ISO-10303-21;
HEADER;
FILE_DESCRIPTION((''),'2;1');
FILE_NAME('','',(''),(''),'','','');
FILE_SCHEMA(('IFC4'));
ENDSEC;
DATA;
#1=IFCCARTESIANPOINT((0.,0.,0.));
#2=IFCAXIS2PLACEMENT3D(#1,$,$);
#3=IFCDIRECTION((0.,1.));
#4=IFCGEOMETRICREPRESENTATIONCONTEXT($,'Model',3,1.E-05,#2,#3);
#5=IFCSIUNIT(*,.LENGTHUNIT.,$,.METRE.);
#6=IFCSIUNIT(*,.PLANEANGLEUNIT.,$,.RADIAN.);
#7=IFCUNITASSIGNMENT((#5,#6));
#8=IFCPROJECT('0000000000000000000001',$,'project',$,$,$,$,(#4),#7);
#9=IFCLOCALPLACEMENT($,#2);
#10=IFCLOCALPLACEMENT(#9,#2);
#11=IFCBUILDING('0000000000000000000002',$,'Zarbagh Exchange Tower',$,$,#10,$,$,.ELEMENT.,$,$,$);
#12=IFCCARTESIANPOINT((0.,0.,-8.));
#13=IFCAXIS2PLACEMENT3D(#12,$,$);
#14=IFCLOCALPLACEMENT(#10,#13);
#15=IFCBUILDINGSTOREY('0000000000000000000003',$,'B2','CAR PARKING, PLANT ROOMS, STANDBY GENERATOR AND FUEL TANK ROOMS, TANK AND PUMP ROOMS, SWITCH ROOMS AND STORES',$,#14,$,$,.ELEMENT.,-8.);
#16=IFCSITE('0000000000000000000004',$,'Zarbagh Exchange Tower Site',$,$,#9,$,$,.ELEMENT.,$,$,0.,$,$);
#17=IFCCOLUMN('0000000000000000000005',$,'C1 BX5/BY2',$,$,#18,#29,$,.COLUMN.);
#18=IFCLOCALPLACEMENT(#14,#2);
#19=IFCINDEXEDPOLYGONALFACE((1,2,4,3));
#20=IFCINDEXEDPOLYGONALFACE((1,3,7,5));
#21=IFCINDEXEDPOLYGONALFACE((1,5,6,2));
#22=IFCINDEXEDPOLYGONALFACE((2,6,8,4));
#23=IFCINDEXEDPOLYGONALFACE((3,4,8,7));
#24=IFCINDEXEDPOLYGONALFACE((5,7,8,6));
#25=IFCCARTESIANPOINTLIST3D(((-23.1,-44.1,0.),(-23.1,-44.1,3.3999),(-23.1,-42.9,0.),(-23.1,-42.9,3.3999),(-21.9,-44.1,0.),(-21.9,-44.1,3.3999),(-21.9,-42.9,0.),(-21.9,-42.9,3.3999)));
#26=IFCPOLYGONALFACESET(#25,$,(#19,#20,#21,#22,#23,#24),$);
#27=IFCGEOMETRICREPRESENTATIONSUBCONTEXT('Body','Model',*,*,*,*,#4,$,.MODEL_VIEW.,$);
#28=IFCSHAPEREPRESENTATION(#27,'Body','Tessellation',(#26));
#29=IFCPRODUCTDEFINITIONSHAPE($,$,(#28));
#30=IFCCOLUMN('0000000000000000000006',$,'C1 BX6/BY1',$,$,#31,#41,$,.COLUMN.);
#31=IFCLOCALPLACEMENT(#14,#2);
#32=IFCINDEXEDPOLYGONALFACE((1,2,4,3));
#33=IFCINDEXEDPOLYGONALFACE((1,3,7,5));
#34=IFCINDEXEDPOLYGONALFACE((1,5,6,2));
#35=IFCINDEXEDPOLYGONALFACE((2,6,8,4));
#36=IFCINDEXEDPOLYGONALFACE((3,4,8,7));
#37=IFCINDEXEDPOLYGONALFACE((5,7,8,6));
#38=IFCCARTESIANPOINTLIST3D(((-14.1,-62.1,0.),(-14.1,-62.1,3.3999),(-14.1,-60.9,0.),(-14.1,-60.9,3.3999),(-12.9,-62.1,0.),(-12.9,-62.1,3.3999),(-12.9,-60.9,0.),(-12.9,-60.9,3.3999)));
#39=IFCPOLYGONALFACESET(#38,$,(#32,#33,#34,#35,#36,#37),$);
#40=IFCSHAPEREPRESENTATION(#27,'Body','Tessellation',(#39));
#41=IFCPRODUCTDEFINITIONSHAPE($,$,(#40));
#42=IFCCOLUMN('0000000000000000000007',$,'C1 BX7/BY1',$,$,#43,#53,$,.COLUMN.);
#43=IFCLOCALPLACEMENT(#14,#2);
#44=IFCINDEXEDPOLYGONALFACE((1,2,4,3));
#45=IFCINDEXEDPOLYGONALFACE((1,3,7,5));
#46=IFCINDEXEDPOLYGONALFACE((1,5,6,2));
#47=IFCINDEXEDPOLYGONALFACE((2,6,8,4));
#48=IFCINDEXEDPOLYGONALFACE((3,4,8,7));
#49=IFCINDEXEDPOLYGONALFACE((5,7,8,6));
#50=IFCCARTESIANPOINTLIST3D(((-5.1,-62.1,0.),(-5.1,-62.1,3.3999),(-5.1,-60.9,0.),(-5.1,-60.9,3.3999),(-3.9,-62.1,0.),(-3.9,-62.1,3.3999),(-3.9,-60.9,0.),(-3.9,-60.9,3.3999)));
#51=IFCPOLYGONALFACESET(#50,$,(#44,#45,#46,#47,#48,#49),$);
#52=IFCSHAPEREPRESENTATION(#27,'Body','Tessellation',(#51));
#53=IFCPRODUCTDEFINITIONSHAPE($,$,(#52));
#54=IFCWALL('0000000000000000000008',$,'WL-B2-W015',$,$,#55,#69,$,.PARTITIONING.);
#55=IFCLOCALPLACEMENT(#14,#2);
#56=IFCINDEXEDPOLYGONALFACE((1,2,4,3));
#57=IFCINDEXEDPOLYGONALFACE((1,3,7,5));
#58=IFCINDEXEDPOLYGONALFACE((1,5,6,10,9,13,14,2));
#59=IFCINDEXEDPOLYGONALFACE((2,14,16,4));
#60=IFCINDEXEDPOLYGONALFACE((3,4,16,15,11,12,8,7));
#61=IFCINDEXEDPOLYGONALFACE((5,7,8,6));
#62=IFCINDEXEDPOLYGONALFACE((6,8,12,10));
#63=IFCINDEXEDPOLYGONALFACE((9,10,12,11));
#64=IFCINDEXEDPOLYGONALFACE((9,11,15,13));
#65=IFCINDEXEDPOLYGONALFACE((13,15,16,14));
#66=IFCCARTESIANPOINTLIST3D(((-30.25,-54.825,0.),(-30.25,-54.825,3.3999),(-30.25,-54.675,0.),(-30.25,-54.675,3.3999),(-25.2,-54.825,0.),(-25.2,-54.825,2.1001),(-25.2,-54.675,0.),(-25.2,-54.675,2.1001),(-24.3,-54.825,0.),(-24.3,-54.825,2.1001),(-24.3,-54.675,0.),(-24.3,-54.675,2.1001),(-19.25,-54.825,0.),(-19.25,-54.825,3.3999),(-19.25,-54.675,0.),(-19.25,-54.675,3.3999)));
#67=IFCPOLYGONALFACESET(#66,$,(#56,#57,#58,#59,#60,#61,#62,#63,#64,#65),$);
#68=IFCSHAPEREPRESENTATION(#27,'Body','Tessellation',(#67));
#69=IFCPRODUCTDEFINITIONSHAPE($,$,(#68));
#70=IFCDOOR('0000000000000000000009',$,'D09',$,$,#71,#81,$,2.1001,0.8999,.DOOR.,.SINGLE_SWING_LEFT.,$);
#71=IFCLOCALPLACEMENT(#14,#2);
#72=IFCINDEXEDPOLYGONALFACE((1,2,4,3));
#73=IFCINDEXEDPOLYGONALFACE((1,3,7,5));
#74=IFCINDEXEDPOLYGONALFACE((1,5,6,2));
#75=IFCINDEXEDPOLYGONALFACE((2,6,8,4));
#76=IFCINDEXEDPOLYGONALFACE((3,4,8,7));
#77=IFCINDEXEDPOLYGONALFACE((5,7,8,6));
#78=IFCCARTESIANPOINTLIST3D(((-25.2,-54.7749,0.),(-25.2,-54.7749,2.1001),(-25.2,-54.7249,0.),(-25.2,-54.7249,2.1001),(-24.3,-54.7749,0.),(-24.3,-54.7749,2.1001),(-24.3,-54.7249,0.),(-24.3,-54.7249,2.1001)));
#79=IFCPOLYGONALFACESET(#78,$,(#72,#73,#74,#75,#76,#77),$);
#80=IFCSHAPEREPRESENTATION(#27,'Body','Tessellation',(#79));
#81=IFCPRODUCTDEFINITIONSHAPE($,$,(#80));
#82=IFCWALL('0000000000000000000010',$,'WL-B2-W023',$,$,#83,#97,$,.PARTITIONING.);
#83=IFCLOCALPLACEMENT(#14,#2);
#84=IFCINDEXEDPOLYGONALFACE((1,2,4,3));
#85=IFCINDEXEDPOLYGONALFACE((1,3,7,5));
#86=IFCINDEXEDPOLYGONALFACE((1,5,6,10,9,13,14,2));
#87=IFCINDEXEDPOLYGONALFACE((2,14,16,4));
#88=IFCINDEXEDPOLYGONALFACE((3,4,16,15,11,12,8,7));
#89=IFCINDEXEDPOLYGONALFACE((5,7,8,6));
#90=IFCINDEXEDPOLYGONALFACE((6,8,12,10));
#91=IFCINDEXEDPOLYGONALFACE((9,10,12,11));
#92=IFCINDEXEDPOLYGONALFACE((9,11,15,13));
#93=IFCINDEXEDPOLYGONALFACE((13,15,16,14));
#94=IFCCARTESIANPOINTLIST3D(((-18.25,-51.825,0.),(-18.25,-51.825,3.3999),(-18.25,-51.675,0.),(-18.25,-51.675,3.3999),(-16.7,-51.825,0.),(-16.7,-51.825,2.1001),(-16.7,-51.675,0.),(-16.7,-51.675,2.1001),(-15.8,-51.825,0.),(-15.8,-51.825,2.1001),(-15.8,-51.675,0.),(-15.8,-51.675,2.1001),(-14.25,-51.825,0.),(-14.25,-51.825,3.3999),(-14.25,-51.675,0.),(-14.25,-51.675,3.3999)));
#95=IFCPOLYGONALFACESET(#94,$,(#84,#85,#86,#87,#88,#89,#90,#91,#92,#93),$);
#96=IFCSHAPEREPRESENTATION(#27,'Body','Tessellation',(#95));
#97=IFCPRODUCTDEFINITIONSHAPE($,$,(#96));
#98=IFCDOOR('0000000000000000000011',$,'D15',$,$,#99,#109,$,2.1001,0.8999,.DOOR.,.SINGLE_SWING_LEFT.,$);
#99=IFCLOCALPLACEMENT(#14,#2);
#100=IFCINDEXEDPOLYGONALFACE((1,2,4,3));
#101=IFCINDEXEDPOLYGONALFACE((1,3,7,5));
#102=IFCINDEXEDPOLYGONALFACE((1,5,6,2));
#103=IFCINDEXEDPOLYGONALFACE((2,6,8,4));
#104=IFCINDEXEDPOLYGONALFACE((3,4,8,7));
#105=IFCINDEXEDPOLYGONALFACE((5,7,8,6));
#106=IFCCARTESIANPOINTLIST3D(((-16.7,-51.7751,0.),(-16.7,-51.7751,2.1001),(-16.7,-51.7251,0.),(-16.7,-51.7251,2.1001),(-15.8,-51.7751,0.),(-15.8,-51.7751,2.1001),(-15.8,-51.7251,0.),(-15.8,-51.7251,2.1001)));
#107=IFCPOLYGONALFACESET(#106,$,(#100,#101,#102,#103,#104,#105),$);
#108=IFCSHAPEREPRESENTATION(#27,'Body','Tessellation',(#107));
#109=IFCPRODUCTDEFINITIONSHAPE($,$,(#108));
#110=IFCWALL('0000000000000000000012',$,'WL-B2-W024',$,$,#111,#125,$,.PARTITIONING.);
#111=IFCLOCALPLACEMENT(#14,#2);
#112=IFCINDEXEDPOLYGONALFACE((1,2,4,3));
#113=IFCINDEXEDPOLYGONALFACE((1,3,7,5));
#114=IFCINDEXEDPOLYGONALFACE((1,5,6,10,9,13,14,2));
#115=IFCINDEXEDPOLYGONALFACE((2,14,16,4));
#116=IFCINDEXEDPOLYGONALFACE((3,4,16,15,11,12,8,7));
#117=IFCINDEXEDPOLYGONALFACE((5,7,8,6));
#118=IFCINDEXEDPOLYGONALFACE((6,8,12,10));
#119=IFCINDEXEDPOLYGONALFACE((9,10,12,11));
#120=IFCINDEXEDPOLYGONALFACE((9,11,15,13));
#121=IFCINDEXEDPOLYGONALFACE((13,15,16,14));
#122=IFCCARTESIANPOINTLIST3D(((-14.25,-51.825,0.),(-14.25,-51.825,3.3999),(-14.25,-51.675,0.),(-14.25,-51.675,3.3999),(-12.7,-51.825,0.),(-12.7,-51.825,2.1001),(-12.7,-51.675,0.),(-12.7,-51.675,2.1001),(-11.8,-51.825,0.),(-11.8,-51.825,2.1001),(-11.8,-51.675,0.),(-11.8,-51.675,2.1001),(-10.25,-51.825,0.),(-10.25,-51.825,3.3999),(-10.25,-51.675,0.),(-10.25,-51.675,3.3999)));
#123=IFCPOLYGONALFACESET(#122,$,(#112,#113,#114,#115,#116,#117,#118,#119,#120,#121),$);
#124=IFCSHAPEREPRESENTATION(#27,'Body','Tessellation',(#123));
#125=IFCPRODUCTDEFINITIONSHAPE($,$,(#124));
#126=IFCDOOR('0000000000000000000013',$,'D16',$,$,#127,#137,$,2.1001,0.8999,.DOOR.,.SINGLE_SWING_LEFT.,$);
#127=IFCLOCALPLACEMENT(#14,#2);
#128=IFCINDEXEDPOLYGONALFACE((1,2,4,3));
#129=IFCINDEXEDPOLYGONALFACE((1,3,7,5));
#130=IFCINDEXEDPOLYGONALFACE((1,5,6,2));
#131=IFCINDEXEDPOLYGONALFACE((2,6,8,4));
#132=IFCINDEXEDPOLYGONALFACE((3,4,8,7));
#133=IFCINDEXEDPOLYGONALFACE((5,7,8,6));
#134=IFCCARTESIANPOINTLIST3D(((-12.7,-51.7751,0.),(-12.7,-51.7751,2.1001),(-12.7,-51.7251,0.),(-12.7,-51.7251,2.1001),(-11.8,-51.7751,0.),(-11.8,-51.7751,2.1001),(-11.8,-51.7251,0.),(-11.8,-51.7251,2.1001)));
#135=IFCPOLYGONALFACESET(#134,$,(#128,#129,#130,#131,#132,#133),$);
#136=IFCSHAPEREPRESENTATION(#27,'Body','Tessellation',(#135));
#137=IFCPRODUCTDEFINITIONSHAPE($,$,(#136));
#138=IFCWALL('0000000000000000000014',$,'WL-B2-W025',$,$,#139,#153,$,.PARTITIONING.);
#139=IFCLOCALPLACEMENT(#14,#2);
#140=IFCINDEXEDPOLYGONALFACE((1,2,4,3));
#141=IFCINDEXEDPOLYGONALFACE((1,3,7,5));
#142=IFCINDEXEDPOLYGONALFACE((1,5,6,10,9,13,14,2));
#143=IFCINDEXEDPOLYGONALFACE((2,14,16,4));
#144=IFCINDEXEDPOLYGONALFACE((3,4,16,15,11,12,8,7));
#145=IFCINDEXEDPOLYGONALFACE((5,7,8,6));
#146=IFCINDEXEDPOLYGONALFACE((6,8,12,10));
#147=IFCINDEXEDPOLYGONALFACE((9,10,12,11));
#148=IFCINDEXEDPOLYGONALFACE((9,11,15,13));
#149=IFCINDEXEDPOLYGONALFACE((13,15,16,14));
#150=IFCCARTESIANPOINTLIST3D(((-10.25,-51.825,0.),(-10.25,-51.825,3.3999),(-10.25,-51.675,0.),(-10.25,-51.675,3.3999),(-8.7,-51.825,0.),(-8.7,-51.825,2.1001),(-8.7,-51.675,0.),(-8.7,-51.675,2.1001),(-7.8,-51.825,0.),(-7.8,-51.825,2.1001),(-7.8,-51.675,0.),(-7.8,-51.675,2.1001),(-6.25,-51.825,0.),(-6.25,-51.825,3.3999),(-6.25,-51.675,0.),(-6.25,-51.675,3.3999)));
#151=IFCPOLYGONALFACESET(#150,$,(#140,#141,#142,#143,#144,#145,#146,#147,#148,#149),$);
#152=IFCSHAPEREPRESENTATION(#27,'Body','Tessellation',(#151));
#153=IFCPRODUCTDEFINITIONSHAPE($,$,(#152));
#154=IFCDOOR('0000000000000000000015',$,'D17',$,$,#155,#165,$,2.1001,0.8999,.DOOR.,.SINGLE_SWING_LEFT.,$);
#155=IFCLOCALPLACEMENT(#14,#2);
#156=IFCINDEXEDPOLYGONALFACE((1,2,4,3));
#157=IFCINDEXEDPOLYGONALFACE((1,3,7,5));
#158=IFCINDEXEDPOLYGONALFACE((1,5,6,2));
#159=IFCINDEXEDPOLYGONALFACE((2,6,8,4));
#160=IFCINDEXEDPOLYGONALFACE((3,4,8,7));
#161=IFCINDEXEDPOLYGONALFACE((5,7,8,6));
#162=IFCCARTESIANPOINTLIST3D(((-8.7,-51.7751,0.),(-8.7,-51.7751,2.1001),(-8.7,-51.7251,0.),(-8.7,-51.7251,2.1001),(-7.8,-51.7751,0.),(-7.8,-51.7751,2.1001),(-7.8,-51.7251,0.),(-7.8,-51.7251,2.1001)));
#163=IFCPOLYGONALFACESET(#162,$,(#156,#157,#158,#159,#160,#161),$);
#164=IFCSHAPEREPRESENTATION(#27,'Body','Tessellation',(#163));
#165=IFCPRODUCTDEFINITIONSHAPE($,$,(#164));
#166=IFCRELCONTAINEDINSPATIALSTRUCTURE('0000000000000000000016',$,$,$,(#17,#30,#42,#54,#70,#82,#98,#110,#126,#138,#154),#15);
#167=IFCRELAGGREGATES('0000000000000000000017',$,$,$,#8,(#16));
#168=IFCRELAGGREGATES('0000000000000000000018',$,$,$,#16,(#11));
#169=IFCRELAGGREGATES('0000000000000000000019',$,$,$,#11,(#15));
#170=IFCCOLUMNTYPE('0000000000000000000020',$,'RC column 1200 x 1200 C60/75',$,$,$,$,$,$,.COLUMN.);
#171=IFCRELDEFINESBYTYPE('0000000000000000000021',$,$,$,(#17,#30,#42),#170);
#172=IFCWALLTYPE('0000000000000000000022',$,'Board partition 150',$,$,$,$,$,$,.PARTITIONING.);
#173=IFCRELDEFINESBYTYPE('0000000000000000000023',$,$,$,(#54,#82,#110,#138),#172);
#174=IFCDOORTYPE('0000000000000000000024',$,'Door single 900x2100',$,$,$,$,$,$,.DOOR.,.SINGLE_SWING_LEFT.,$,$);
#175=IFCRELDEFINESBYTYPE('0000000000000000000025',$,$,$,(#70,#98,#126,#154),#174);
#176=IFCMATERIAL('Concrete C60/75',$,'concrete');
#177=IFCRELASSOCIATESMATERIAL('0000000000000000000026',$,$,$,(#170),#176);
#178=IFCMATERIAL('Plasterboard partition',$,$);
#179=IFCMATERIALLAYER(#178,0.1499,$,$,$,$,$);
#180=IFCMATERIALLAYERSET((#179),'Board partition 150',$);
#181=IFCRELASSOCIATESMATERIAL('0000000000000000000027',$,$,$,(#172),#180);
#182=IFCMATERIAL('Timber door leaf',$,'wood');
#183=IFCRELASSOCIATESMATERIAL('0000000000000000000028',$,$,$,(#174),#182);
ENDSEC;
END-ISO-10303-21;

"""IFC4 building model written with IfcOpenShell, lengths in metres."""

from ifc_helpers import new_model, si_unit, direction, frame, frame_2d, origin, origin_2d, place, context, subcontext, project, spatial, rectangle, extrude, material, layer, layer_set, material_profile, profile_set, type_object, element, fill, save


model = new_model("IFC4")

# Units and contexts
model_context = context("Model", 3, precision=1e-05, world=origin(), true_north=direction((0.0, 1.0)))
body_context = subcontext(model_context, "Body", "Model", "MODEL_VIEW")
ifc_project = project(units=[si_unit("LENGTHUNIT", "METRE"), si_unit("PLANEANGLEUNIT", "RADIAN")], contexts=[model_context])

# Site, building, storey
site_placement = place(None, origin())
site = spatial("IfcSite", under=ifc_project, at=site_placement, Name="Zarbagh Exchange Tower Site", CompositionType="ELEMENT", RefElevation=0.0)
building_placement = place(site_placement, origin())
building = spatial("IfcBuilding", under=site, at=building_placement, Name="Zarbagh Exchange Tower", CompositionType="ELEMENT")
storey_placement = place(building_placement, frame((0.0, 0.0, -8.0)))
storey = spatial("IfcBuildingStorey", under=building, at=storey_placement, Name="B2", Description="CAR PARKING, PLANT ROOMS, STANDBY GENERATOR AND FUEL TANK ROOMS, TANK AND PUMP ROOMS, SWITCH ROOMS AND STORES", CompositionType="ELEMENT", Elevation=-8.0)

# Columns
ifc_material_1 = material(Name="Concrete C60/75", Category="concrete")
ifc_material_profile_1 = material_profile(ifc_material_1, rectangle(XDim=1.2, YDim=1.2, at=origin_2d()), Name="RC column 1200 x 1200 C60/75")
ifc_profile_set_1 = profile_set([ifc_material_profile_1], Name="Concrete C60/75")
column_type = type_object("IfcColumnType", Name="RC column 1200 x 1200 C60/75", PredefinedType="COLUMN", material=ifc_profile_set_1)
for number, where, z_axis, x_axis, name in (
    (1, (-22.5, -43.5, 0.0), (0.0, 0.0, 1.0), (1.0, 0.0, 0.0), "C1 BX5/BY2"),
    (2, (-13.5, -61.5, 0.0), (0.0, 0.0, 1.0), (1.0, 0.0, 0.0), "C1 BX6/BY1"),
    (3, (-4.5, -61.5, 0.0), (0.0, 0.0, 1.0), (1.0, 0.0, 0.0), "C1 BX7/BY1"),
):
    element("IfcColumn", number, at=place(storey_placement, frame(where, z_axis=z_axis, x_axis=x_axis)), inside=storey, type_object=column_type, Name=name, PredefinedType="COLUMN", context=body_context, shape_type="SweptSolid", body=[
        extrude(rectangle(XDim=1.2, YDim=1.2, at=origin_2d()), origin(), (0.0, 0.0, 1.0), 3.3999),
    ])

# Walls, openings, doors
ifc_material_2 = material(Name="Plasterboard partition")
ifc_layer_1 = layer(ifc_material_2, 0.1499)
ifc_layer_set_1 = layer_set([ifc_layer_1], Name="Board partition 150")
wall_type_1 = type_object("IfcWallType", Name="Board partition 150", PredefinedType="PARTITIONING", material=ifc_layer_set_1)
wall_1_placement = place(storey_placement, frame((-19.25, -54.75, 0.0), z_axis=(0.0, 0.0, 1.0), x_axis=(-1.0, 0.0, 0.0)))
wall_1 = element("IfcWall", 4, at=wall_1_placement, inside=storey, type_object=wall_type_1, Name="WL-B2-W015", PredefinedType="PARTITIONING", context=body_context, shape_type="SweptSolid", body=[
    extrude(rectangle(XDim=11.0, YDim=0.1499, at=frame_2d((5.5, 0.0))), origin(), (0.0, 0.0, 1.0), 3.3999),
])
opening_1_placement = place(wall_1_placement, frame((5.05, 0.0, 0.0)))
opening_1 = element("IfcOpeningElement", 5, at=opening_1_placement, cuts=wall_1, PredefinedType="OPENING", context=body_context, shape_type="SweptSolid", body=[
    extrude(rectangle(XDim=0.8999, YDim=2.1001, at=frame_2d((0.45, 1.05))), frame((0.0, 0.085, 0.0), z_axis=(0.0, -1.0, 0.0), x_axis=(1.0, 0.0, 0.0)), (0.0, 0.0, 1.0), 0.1699),
])
ifc_material_3 = material(Name="Timber door leaf", Category="wood")
door_type_1 = type_object("IfcDoorType", Name="Door single 900x2100", OperationType="SINGLE_SWING_LEFT", PredefinedType="DOOR", material=ifc_material_3)
door_1_placement = place(opening_1_placement, origin())
door_1 = element("IfcDoor", 6, at=door_1_placement, inside=storey, type_object=door_type_1, Name="D09", OperationType="SINGLE_SWING_LEFT", OverallHeight=2.1001, OverallWidth=0.8999, PredefinedType="DOOR", context=body_context, shape_type="SweptSolid", body=[
    extrude(rectangle(XDim=0.8999, YDim=2.1001, at=frame_2d((0.45, 1.05))), frame((0.0, 0.0249, 0.0), z_axis=(0.0, -1.0, 0.0), x_axis=(1.0, 0.0, 0.0)), (0.0, 0.0, 1.0), 0.05),
])
fill(opening_1, door_1)
wall_2_placement = place(storey_placement, frame((-18.25, -51.75, 0.0), z_axis=(0.0, 0.0, 1.0), x_axis=(1.0, 0.0, 0.0)))
wall_2 = element("IfcWall", 7, at=wall_2_placement, inside=storey, type_object=wall_type_1, Name="WL-B2-W023", PredefinedType="PARTITIONING", context=body_context, shape_type="SweptSolid", body=[
    extrude(rectangle(XDim=4.0, YDim=0.1499, at=frame_2d((2.0, 0.0))), origin(), (0.0, 0.0, 1.0), 3.3999),
])
opening_2_placement = place(wall_2_placement, frame((1.55, 0.0, 0.0)))
opening_2 = element("IfcOpeningElement", 8, at=opening_2_placement, cuts=wall_2, PredefinedType="OPENING", context=body_context, shape_type="SweptSolid", body=[
    extrude(rectangle(XDim=0.8999, YDim=2.1001, at=frame_2d((0.45, 1.05))), frame((0.0, 0.085, 0.0), z_axis=(0.0, -1.0, 0.0), x_axis=(1.0, 0.0, 0.0)), (0.0, 0.0, 1.0), 0.1699),
])
door_2_placement = place(opening_2_placement, origin())
door_2 = element("IfcDoor", 9, at=door_2_placement, inside=storey, type_object=door_type_1, Name="D15", OperationType="SINGLE_SWING_LEFT", OverallHeight=2.1001, OverallWidth=0.8999, PredefinedType="DOOR", context=body_context, shape_type="SweptSolid", body=[
    extrude(rectangle(XDim=0.8999, YDim=2.1001, at=frame_2d((0.45, 1.05))), frame((0.0, 0.0249, 0.0), z_axis=(0.0, -1.0, 0.0), x_axis=(1.0, 0.0, 0.0)), (0.0, 0.0, 1.0), 0.05),
])
fill(opening_2, door_2)
wall_3_placement = place(storey_placement, frame((-14.25, -51.75, 0.0), z_axis=(0.0, 0.0, 1.0), x_axis=(1.0, 0.0, 0.0)))
wall_3 = element("IfcWall", 10, at=wall_3_placement, inside=storey, type_object=wall_type_1, Name="WL-B2-W024", PredefinedType="PARTITIONING", context=body_context, shape_type="SweptSolid", body=[
    extrude(rectangle(XDim=4.0, YDim=0.1499, at=frame_2d((2.0, 0.0))), origin(), (0.0, 0.0, 1.0), 3.3999),
])
opening_3_placement = place(wall_3_placement, frame((1.55, 0.0, 0.0)))
opening_3 = element("IfcOpeningElement", 11, at=opening_3_placement, cuts=wall_3, PredefinedType="OPENING", context=body_context, shape_type="SweptSolid", body=[
    extrude(rectangle(XDim=0.8999, YDim=2.1001, at=frame_2d((0.45, 1.05))), frame((0.0, 0.085, 0.0), z_axis=(0.0, -1.0, 0.0), x_axis=(1.0, 0.0, 0.0)), (0.0, 0.0, 1.0), 0.1699),
])
door_3_placement = place(opening_3_placement, origin())
door_3 = element("IfcDoor", 12, at=door_3_placement, inside=storey, type_object=door_type_1, Name="D16", OperationType="SINGLE_SWING_LEFT", OverallHeight=2.1001, OverallWidth=0.8999, PredefinedType="DOOR", context=body_context, shape_type="SweptSolid", body=[
    extrude(rectangle(XDim=0.8999, YDim=2.1001, at=frame_2d((0.45, 1.05))), frame((0.0, 0.0249, 0.0), z_axis=(0.0, -1.0, 0.0), x_axis=(1.0, 0.0, 0.0)), (0.0, 0.0, 1.0), 0.05),
])
fill(opening_3, door_3)
wall_4_placement = place(storey_placement, frame((-10.25, -51.75, 0.0), z_axis=(0.0, 0.0, 1.0), x_axis=(1.0, 0.0, 0.0)))
wall_4 = element("IfcWall", 13, at=wall_4_placement, inside=storey, type_object=wall_type_1, Name="WL-B2-W025", PredefinedType="PARTITIONING", context=body_context, shape_type="SweptSolid", body=[
    extrude(rectangle(XDim=4.0, YDim=0.1499, at=frame_2d((2.0, 0.0))), origin(), (0.0, 0.0, 1.0), 3.3999),
])
opening_4_placement = place(wall_4_placement, frame((1.55, 0.0, 0.0)))
opening_4 = element("IfcOpeningElement", 14, at=opening_4_placement, cuts=wall_4, PredefinedType="OPENING", context=body_context, shape_type="SweptSolid", body=[
    extrude(rectangle(XDim=0.8999, YDim=2.1001, at=frame_2d((0.45, 1.05))), frame((0.0, 0.085, 0.0), z_axis=(0.0, -1.0, 0.0), x_axis=(1.0, 0.0, 0.0)), (0.0, 0.0, 1.0), 0.1699),
])
door_4_placement = place(opening_4_placement, origin())
door_4 = element("IfcDoor", 15, at=door_4_placement, inside=storey, type_object=door_type_1, Name="D17", OperationType="SINGLE_SWING_LEFT", OverallHeight=2.1001, OverallWidth=0.8999, PredefinedType="DOOR", context=body_context, shape_type="SweptSolid", body=[
    extrude(rectangle(XDim=0.8999, YDim=2.1001, at=frame_2d((0.45, 1.05))), frame((0.0, 0.0249, 0.0), z_axis=(0.0, -1.0, 0.0), x_axis=(1.0, 0.0, 0.0)), (0.0, 0.0, 1.0), 0.05),
])
fill(opening_4, door_4)

save(model, "model.ifc")
